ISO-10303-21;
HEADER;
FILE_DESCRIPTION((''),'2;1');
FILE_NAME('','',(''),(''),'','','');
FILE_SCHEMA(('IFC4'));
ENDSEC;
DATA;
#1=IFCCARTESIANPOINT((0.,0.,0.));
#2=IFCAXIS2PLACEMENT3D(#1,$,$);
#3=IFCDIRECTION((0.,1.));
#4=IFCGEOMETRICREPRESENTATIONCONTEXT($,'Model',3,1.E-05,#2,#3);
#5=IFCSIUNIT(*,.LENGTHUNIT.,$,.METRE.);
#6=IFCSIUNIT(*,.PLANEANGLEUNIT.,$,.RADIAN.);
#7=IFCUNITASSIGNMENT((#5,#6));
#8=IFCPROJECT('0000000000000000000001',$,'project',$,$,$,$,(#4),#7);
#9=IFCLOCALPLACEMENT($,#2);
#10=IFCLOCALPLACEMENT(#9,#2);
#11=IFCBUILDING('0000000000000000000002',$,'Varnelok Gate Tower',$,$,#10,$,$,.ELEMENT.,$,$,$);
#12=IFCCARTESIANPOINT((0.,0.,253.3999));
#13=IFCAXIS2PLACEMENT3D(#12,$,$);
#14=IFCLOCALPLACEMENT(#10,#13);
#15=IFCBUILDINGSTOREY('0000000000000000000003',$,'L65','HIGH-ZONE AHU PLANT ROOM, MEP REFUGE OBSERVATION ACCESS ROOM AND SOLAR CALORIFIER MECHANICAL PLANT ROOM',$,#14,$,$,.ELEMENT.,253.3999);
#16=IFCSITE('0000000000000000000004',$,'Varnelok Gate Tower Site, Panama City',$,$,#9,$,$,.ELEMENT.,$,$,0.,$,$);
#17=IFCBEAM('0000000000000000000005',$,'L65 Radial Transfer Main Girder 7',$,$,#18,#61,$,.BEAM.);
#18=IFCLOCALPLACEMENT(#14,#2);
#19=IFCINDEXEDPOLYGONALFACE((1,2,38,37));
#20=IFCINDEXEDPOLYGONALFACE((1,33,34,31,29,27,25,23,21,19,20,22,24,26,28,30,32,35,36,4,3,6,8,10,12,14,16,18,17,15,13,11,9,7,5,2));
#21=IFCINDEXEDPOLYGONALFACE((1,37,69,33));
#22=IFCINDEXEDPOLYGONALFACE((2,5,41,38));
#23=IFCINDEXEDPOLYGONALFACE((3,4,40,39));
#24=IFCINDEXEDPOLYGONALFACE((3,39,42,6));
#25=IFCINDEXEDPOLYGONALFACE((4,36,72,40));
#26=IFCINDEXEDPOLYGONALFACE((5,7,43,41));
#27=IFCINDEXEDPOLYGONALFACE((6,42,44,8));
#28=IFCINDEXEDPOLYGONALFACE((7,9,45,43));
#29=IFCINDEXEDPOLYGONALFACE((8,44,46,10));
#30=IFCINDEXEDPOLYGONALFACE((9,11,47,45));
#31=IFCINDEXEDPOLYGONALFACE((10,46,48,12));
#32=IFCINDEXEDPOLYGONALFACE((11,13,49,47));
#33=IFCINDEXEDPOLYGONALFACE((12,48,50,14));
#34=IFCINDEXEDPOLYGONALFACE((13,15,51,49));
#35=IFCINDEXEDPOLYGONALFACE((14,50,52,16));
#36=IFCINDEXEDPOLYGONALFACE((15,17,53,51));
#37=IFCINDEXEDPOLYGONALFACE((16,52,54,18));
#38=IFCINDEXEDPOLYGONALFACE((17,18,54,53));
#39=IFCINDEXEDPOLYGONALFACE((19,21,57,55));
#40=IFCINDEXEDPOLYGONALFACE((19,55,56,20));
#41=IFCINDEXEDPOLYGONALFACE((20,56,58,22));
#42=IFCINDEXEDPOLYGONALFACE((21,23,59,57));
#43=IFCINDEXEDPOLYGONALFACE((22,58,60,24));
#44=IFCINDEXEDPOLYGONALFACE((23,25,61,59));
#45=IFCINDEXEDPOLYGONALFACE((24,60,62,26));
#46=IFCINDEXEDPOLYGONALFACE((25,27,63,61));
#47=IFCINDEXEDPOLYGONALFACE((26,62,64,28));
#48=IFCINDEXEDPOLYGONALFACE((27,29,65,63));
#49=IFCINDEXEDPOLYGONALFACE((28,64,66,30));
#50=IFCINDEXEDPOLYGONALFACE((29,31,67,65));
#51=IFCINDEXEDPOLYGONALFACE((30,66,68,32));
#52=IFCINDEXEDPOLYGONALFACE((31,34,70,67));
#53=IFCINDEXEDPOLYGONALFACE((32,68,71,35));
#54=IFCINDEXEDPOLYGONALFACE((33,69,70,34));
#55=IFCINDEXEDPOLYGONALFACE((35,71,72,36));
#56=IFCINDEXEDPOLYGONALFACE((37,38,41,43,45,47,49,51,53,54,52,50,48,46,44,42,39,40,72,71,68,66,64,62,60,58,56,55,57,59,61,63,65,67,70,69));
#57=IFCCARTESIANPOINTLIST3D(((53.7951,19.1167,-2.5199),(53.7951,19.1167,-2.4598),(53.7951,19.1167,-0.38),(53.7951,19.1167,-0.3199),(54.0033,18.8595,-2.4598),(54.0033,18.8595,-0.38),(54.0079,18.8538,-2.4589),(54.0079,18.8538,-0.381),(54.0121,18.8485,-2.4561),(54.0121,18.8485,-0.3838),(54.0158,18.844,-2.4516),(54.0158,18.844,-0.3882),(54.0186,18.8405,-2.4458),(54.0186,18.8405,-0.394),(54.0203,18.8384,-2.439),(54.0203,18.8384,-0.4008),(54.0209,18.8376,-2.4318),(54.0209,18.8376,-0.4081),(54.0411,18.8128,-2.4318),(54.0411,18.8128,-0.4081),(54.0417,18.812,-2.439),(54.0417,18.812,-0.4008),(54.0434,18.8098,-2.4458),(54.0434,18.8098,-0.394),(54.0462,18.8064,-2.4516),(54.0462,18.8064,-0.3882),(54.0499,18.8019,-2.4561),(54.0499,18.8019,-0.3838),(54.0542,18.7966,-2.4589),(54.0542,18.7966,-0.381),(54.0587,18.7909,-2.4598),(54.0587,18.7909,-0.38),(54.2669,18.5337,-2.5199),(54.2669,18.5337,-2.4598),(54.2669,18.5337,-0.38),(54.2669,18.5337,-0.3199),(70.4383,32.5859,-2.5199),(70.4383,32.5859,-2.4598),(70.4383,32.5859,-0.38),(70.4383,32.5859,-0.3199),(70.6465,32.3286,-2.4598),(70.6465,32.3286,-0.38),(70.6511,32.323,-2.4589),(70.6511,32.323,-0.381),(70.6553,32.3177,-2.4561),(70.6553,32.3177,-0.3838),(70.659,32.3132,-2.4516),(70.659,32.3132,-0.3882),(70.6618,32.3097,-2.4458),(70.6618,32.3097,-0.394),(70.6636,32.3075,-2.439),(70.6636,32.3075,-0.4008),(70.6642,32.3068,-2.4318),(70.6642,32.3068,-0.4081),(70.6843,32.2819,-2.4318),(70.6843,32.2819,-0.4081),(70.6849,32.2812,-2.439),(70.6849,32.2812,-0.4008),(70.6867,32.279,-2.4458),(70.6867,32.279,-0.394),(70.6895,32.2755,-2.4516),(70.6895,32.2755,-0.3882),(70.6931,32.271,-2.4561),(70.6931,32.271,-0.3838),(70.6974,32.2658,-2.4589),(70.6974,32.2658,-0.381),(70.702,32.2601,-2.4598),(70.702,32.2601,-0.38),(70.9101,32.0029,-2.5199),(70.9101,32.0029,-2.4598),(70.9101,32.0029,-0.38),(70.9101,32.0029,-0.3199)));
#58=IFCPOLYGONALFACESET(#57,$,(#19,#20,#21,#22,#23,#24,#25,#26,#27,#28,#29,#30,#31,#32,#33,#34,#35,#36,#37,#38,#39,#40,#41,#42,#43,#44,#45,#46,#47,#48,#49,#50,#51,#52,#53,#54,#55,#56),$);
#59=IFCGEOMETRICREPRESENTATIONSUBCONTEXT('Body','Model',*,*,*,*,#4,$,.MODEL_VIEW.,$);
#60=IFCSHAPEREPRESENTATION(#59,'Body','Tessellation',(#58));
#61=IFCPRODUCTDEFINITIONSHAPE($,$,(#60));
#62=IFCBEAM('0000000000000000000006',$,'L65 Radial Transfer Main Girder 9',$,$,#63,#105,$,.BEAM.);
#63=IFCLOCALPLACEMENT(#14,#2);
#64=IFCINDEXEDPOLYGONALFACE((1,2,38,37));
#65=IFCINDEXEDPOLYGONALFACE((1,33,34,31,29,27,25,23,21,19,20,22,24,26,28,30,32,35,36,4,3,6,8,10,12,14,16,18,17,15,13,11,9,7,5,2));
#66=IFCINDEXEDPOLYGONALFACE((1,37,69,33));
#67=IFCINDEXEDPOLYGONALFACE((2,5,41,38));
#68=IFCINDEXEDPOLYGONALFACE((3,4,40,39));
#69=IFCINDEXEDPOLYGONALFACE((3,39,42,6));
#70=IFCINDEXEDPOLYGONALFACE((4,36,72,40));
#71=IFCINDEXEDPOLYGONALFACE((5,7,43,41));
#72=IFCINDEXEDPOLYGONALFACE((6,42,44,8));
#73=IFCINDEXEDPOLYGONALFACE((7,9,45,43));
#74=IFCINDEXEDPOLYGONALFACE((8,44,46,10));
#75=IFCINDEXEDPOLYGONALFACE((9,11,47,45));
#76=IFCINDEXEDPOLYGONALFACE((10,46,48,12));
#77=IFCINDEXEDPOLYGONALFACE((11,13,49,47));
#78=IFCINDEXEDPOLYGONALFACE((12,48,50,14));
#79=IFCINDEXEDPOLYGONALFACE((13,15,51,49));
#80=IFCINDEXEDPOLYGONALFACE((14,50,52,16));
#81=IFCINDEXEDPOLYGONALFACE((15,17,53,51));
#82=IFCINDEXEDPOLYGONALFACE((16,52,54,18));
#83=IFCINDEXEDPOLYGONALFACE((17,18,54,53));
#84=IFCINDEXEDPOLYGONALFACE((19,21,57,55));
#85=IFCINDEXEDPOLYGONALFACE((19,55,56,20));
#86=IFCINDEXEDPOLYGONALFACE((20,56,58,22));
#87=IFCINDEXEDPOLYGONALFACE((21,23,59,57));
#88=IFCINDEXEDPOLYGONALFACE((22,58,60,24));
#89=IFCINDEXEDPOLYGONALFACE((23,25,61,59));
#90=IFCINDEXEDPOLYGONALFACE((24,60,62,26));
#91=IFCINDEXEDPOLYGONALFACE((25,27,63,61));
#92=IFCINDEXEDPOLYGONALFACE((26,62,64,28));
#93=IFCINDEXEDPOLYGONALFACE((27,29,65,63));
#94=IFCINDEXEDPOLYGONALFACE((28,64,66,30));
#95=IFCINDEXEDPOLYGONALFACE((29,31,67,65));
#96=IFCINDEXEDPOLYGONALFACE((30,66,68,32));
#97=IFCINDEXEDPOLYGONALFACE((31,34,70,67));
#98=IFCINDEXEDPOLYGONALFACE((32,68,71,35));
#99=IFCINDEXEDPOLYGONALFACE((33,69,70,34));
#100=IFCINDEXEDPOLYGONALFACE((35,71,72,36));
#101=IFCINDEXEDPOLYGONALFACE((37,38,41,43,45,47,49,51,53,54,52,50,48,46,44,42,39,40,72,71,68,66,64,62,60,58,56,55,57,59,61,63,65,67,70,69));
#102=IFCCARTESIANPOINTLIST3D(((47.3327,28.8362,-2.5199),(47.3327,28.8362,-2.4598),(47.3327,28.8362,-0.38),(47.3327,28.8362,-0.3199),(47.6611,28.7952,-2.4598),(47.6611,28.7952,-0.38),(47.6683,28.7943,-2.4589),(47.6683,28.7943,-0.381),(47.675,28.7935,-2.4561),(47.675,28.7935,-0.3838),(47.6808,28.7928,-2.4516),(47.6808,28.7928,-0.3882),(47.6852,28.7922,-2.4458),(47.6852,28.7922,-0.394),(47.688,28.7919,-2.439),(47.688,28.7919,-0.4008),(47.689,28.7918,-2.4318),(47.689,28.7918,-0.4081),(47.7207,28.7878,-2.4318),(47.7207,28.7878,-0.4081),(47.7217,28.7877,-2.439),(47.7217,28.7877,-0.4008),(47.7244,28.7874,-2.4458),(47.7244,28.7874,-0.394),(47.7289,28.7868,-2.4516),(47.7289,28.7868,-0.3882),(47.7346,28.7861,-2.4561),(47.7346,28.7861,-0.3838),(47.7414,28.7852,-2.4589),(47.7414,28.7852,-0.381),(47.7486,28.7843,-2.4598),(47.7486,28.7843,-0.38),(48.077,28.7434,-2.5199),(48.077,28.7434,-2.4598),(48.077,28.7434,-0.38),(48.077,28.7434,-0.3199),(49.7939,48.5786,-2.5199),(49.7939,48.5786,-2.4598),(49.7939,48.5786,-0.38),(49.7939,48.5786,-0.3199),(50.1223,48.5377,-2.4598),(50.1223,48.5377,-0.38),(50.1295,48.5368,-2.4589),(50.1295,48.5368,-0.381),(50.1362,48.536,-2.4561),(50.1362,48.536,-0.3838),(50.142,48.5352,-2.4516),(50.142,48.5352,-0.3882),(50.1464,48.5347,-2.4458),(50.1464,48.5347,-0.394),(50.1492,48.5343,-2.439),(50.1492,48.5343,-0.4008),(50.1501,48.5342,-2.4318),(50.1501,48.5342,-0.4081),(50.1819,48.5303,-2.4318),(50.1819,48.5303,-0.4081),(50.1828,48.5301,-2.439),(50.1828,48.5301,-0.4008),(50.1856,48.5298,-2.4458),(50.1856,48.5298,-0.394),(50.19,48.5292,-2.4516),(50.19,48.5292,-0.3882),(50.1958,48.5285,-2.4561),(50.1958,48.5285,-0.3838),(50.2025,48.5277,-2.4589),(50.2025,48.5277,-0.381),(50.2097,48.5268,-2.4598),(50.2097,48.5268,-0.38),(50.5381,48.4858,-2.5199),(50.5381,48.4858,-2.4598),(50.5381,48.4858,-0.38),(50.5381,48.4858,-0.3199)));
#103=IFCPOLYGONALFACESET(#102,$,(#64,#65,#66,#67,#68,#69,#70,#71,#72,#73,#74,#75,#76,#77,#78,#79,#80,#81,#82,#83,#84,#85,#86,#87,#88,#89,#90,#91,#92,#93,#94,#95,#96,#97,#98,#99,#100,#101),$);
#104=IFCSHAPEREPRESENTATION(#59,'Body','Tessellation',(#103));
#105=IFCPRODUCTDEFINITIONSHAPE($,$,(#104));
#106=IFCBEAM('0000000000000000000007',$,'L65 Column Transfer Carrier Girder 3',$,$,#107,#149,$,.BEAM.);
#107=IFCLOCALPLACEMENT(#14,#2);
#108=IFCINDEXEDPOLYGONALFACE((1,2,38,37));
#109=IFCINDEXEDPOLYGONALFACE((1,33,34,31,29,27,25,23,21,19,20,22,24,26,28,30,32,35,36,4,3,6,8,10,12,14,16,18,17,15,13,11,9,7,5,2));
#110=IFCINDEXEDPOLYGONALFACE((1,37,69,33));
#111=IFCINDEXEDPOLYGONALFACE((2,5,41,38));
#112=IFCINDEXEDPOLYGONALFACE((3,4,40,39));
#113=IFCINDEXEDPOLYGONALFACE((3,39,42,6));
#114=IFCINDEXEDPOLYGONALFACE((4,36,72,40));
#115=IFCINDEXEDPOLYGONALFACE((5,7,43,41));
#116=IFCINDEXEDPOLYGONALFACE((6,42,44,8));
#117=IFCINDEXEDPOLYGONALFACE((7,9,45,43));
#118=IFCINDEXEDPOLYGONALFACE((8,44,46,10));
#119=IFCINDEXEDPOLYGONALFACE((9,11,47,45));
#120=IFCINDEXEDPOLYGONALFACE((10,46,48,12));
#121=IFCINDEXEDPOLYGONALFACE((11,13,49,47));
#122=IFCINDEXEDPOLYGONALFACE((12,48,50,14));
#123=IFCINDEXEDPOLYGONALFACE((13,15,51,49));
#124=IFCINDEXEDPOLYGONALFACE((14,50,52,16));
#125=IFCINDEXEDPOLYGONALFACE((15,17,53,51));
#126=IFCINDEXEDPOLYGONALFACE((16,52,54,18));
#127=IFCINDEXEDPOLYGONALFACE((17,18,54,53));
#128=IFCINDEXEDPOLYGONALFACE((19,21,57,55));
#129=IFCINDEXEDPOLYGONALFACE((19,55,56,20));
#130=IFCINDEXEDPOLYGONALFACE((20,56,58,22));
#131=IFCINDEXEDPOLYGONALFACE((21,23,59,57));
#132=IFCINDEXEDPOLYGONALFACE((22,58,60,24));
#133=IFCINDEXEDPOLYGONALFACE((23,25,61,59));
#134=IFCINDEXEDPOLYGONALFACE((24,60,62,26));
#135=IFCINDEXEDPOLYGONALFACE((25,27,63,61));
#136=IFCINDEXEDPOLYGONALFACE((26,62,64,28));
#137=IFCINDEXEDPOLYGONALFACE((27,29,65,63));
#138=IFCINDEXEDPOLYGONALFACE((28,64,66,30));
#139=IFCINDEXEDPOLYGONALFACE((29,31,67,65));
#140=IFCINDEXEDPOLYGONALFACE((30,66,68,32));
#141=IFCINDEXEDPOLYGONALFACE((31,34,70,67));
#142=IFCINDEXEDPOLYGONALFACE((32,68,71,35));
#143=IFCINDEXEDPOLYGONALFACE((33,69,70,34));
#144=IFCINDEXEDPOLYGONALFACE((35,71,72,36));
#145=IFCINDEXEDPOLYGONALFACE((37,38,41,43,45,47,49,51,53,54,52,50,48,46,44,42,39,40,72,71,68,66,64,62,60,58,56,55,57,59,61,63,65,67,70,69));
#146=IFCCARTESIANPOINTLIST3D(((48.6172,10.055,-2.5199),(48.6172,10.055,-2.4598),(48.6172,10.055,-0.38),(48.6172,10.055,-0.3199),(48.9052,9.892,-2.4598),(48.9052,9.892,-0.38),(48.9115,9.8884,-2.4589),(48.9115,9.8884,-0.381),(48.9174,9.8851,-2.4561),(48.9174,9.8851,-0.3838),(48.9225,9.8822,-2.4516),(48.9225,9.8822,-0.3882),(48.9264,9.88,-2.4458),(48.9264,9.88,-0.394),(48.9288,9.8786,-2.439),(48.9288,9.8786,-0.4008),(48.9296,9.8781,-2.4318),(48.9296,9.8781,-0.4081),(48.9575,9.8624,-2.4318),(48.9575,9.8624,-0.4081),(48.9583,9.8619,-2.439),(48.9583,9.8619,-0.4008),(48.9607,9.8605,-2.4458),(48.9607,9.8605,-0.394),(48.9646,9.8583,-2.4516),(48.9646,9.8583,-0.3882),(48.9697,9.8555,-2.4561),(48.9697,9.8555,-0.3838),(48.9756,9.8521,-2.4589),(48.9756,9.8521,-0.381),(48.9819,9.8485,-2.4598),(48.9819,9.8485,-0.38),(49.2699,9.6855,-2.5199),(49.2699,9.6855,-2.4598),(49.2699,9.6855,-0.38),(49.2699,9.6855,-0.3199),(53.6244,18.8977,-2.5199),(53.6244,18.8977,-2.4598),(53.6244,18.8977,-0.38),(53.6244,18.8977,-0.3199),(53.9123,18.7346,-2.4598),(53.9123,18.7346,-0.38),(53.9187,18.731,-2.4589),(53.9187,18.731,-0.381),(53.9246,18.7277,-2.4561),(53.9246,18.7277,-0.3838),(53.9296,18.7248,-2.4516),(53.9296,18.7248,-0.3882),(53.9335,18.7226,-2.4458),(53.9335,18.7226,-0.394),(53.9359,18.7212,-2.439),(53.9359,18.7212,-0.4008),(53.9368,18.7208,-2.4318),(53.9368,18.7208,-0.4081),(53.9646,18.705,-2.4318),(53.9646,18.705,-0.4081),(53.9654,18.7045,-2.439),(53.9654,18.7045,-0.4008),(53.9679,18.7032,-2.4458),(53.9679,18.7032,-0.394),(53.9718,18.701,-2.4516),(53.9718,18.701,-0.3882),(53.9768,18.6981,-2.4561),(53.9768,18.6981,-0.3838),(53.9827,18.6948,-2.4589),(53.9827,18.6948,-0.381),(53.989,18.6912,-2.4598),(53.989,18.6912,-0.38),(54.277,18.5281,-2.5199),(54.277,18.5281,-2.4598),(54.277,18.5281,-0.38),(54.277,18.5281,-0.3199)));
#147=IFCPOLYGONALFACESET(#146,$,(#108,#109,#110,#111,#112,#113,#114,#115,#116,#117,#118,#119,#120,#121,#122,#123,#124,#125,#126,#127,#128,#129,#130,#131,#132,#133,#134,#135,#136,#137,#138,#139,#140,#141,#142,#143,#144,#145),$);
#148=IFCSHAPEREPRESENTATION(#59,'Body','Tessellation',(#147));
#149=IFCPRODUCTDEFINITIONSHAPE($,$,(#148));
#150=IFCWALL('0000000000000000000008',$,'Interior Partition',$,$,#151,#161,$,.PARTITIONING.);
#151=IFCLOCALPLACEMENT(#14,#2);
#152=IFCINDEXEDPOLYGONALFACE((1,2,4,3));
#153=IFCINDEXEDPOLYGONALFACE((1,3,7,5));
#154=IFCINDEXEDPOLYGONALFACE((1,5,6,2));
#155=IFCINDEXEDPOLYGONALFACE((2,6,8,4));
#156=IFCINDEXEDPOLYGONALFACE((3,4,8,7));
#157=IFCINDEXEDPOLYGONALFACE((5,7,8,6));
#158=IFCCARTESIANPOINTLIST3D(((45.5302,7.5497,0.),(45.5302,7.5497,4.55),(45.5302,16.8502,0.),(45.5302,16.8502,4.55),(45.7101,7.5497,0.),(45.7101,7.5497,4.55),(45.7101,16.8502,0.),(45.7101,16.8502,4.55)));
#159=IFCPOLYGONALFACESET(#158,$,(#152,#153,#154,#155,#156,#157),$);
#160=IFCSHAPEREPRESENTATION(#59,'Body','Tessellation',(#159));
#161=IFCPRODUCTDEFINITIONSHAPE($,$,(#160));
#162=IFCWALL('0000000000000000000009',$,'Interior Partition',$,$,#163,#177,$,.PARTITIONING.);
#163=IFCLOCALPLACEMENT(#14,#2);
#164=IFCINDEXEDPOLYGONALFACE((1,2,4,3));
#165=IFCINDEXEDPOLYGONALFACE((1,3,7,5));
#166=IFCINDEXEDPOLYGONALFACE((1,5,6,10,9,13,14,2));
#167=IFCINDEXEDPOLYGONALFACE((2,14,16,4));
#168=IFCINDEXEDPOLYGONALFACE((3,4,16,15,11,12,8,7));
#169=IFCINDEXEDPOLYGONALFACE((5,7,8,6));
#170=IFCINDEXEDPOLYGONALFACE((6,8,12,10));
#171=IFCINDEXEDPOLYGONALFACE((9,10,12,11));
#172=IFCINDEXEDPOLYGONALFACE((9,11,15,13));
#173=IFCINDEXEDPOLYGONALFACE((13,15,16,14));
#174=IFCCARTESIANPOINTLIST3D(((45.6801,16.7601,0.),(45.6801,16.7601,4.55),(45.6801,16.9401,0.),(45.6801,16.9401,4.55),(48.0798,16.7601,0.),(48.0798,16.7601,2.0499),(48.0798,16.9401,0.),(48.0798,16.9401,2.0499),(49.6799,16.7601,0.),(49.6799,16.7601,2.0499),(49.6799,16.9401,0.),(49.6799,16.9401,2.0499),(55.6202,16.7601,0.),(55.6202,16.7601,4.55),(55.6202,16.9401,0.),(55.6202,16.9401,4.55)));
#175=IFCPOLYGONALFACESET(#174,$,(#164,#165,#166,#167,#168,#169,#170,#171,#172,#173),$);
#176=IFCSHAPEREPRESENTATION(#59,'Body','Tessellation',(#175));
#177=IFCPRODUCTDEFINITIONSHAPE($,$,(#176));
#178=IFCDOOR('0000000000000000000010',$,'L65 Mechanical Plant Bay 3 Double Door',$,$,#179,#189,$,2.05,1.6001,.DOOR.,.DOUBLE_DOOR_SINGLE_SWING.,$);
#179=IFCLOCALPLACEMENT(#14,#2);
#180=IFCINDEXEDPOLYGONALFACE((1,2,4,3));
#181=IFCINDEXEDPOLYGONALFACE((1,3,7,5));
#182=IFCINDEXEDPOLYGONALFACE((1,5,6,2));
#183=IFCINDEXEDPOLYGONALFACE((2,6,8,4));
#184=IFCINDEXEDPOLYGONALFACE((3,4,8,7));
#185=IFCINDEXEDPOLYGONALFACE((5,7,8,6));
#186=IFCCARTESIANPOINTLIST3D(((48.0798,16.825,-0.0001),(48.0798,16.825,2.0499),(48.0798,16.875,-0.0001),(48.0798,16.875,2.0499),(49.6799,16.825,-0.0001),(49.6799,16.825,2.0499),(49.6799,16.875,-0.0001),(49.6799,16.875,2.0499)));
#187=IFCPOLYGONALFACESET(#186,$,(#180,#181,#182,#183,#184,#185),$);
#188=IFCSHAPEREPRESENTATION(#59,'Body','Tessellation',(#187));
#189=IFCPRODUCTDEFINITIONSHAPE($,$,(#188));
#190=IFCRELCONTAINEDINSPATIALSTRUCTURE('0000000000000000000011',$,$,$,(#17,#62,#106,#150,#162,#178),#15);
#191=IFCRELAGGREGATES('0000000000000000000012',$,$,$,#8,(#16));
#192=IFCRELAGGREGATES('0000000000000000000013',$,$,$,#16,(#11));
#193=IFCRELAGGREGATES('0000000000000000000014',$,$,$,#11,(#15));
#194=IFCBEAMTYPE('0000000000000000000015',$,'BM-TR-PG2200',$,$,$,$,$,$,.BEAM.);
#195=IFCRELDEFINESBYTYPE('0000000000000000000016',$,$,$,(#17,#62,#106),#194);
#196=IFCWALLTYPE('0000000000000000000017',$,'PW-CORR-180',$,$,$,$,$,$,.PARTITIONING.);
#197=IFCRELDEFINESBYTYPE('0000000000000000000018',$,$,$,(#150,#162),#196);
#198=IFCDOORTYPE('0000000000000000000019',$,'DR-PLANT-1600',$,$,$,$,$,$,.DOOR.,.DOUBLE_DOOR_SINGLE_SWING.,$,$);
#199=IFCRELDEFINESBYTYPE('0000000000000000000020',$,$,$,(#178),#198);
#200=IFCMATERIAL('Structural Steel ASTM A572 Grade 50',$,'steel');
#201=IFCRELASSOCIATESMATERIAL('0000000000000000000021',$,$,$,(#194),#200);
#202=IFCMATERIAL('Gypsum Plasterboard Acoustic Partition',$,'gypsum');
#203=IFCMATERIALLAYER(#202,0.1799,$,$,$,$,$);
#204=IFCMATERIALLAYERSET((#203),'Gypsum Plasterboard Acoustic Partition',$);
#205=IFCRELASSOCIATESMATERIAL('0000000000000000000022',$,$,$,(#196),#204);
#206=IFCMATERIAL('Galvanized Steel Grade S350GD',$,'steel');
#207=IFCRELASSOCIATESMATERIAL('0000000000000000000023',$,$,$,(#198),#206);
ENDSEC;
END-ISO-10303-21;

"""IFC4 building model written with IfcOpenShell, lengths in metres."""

from ifc_helpers import new_model, si_unit, direction, frame, frame_2d, origin, origin_2d, place, context, subcontext, project, spatial, rectangle, i_section, extrude, material, layer, layer_set, material_profile, profile_set, type_object, element, fill, save


model = new_model("IFC4")

# Units and contexts
model_context = context("Model", 3, precision=1e-05, world=origin(), true_north=direction((0.0, 1.0)))
body_context = subcontext(model_context, "Body", "Model", "MODEL_VIEW")
ifc_project = project(units=[si_unit("LENGTHUNIT", "METRE"), si_unit("PLANEANGLEUNIT", "RADIAN")], contexts=[model_context])

# Site, building, storey
site_placement = place(None, origin())
site = spatial("IfcSite", under=ifc_project, at=site_placement, Name="Varnelok Gate Tower Site, Panama City", CompositionType="ELEMENT", RefElevation=0.0)
building_placement = place(site_placement, origin())
building = spatial("IfcBuilding", under=site, at=building_placement, Name="Varnelok Gate Tower", CompositionType="ELEMENT")
storey_placement = place(building_placement, frame((0.0, 0.0, 253.3999)))
storey = spatial("IfcBuildingStorey", under=building, at=storey_placement, Name="L65", Description="HIGH-ZONE AHU PLANT ROOM, MEP REFUGE OBSERVATION ACCESS ROOM AND SOLAR CALORIFIER MECHANICAL PLANT ROOM", CompositionType="ELEMENT", Elevation=253.3999)

# Beams
ifc_material_1 = material(Name="Structural Steel ASTM A572 Grade 50", Category="steel")
ifc_material_profile_1 = material_profile(ifc_material_1, i_section(OverallWidth=0.75, OverallDepth=2.2, WebThickness=0.032, FlangeThickness=0.0601, FilletRadius=0.0281, at=origin_2d()), Name="PG2200X750")
ifc_profile_set_1 = profile_set([ifc_material_profile_1], Name="Structural Steel ASTM A572 Grade 50")
beam_type_1 = type_object("IfcBeamType", Name="BM-TR-PG2200", PredefinedType="BEAM", material=ifc_profile_set_1)
beam_1_placement = place(storey_placement, frame((54.031, 18.8252, -1.4199), z_axis=(0.777334, 0.629088, 0.0), x_axis=(-0.629088, 0.777334, 0.0)))
element("IfcBeam", 1, at=beam_1_placement, inside=storey, type_object=beam_type_1, Name="L65 Radial Transfer Main Girder 7", PredefinedType="BEAM", context=body_context, shape_type="SweptSolid", body=[
    extrude(i_section(OverallWidth=0.75, OverallDepth=2.2, WebThickness=0.032, FlangeThickness=0.0601, FilletRadius=0.0281, at=origin_2d()), origin(), (0.0, 0.0, 1.0), 21.4106),
])
beam_2_placement = place(storey_placement, frame((47.7048, 28.7898, -1.4199), z_axis=(0.123707, 0.992319, 0.0), x_axis=(-0.992319, 0.123707, 0.0)))
element("IfcBeam", 2, at=beam_2_placement, inside=storey, type_object=beam_type_1, Name="L65 Radial Transfer Main Girder 9", PredefinedType="BEAM", context=body_context, shape_type="SweptSolid", body=[
    extrude(i_section(OverallWidth=0.75, OverallDepth=2.2, WebThickness=0.032, FlangeThickness=0.0601, FilletRadius=0.0281, at=origin_2d()), origin(), (0.0, 0.0, 1.0), 19.8953),
])
beam_3_placement = place(storey_placement, frame((53.9507, 18.7129, -1.4199), z_axis=(-0.492738, -0.870178, 0.0), x_axis=(0.870178, -0.492738, 0.0)))
element("IfcBeam", 3, at=beam_3_placement, inside=storey, type_object=beam_type_1, Name="L65 Column Transfer Carrier Girder 3", PredefinedType="BEAM", context=body_context, shape_type="SweptSolid", body=[
    extrude(i_section(OverallWidth=0.75, OverallDepth=2.2, WebThickness=0.032, FlangeThickness=0.0601, FilletRadius=0.0281, at=origin_2d()), origin(), (0.0, 0.0, 1.0), 10.1619),
])

# Wall
ifc_material_2 = material(Name="Gypsum Plasterboard Acoustic Partition", Category="gypsum")
ifc_layer_1 = layer(ifc_material_2, 0.1799)
ifc_layer_set_1 = layer_set([ifc_layer_1], Name="Gypsum Plasterboard Acoustic Partition")
wall_type_1 = type_object("IfcWallType", Name="PW-CORR-180", PredefinedType="PARTITIONING", material=ifc_layer_set_1)
wall_1_placement = place(storey_placement, frame((45.6201, 7.5496, 0.0), z_axis=(0.0, 0.0, 1.0), x_axis=(0.0, 1.0, 0.0)))
element("IfcWall", 4, at=wall_1_placement, inside=storey, type_object=wall_type_1, Name="Interior Partition", PredefinedType="PARTITIONING", context=body_context, shape_type="SweptSolid", body=[
    extrude(rectangle(XDim=9.3005, YDim=0.1799, at=frame_2d((4.6504, 0.0))), origin(), (0.0, 0.0, 1.0), 4.55),
])

# Wall, opening, door
wall_2_placement = place(storey_placement, frame((45.6799, 16.8501, 0.0), z_axis=(0.0, 0.0, 1.0), x_axis=(1.0, 0.0, 0.0)))
wall_2 = element("IfcWall", 5, at=wall_2_placement, inside=storey, type_object=wall_type_1, Name="Interior Partition", PredefinedType="PARTITIONING", context=body_context, shape_type="SweptSolid", body=[
    extrude(rectangle(XDim=9.9402, YDim=0.1799, at=frame_2d((4.9702, 0.0))), origin(), (0.0, 0.0, 1.0), 4.55),
])
opening_1_placement = place(wall_2_placement, frame((2.3999, 0.0, 0.0)))
opening_1 = element("IfcOpeningElement", 6, at=opening_1_placement, cuts=wall_2, PredefinedType="OPENING", context=body_context, shape_type="SweptSolid", body=[
    extrude(rectangle(XDim=1.6001, YDim=2.05, at=frame_2d((0.8, 1.0249))), frame((0.0, 0.0999, 0.0), z_axis=(0.0, -1.0, 0.0), x_axis=(1.0, 0.0, 0.0)), (0.0, 0.0, 1.0), 0.2),
])
ifc_material_3 = material(Name="Galvanized Steel Grade S350GD", Category="steel")
door_type_1 = type_object("IfcDoorType", Name="DR-PLANT-1600", OperationType="DOUBLE_DOOR_SINGLE_SWING", PredefinedType="DOOR", material=ifc_material_3)
door_1_placement = place(opening_1_placement, origin())
door_1 = element("IfcDoor", 7, at=door_1_placement, inside=storey, type_object=door_type_1, Name="L65 Mechanical Plant Bay 3 Double Door", OperationType="DOUBLE_DOOR_SINGLE_SWING", OverallHeight=2.05, OverallWidth=1.6001, PredefinedType="DOOR", context=body_context, shape_type="SweptSolid", body=[
    extrude(rectangle(XDim=1.6001, YDim=2.05, at=frame_2d((0.8, 1.0249))), frame((0.0, 0.0249, 0.0), z_axis=(0.0, -1.0, 0.0), x_axis=(1.0, 0.0, 0.0)), (0.0, 0.0, 1.0), 0.05),
])
fill(opening_1, door_1)

save(model, "model.ifc")
